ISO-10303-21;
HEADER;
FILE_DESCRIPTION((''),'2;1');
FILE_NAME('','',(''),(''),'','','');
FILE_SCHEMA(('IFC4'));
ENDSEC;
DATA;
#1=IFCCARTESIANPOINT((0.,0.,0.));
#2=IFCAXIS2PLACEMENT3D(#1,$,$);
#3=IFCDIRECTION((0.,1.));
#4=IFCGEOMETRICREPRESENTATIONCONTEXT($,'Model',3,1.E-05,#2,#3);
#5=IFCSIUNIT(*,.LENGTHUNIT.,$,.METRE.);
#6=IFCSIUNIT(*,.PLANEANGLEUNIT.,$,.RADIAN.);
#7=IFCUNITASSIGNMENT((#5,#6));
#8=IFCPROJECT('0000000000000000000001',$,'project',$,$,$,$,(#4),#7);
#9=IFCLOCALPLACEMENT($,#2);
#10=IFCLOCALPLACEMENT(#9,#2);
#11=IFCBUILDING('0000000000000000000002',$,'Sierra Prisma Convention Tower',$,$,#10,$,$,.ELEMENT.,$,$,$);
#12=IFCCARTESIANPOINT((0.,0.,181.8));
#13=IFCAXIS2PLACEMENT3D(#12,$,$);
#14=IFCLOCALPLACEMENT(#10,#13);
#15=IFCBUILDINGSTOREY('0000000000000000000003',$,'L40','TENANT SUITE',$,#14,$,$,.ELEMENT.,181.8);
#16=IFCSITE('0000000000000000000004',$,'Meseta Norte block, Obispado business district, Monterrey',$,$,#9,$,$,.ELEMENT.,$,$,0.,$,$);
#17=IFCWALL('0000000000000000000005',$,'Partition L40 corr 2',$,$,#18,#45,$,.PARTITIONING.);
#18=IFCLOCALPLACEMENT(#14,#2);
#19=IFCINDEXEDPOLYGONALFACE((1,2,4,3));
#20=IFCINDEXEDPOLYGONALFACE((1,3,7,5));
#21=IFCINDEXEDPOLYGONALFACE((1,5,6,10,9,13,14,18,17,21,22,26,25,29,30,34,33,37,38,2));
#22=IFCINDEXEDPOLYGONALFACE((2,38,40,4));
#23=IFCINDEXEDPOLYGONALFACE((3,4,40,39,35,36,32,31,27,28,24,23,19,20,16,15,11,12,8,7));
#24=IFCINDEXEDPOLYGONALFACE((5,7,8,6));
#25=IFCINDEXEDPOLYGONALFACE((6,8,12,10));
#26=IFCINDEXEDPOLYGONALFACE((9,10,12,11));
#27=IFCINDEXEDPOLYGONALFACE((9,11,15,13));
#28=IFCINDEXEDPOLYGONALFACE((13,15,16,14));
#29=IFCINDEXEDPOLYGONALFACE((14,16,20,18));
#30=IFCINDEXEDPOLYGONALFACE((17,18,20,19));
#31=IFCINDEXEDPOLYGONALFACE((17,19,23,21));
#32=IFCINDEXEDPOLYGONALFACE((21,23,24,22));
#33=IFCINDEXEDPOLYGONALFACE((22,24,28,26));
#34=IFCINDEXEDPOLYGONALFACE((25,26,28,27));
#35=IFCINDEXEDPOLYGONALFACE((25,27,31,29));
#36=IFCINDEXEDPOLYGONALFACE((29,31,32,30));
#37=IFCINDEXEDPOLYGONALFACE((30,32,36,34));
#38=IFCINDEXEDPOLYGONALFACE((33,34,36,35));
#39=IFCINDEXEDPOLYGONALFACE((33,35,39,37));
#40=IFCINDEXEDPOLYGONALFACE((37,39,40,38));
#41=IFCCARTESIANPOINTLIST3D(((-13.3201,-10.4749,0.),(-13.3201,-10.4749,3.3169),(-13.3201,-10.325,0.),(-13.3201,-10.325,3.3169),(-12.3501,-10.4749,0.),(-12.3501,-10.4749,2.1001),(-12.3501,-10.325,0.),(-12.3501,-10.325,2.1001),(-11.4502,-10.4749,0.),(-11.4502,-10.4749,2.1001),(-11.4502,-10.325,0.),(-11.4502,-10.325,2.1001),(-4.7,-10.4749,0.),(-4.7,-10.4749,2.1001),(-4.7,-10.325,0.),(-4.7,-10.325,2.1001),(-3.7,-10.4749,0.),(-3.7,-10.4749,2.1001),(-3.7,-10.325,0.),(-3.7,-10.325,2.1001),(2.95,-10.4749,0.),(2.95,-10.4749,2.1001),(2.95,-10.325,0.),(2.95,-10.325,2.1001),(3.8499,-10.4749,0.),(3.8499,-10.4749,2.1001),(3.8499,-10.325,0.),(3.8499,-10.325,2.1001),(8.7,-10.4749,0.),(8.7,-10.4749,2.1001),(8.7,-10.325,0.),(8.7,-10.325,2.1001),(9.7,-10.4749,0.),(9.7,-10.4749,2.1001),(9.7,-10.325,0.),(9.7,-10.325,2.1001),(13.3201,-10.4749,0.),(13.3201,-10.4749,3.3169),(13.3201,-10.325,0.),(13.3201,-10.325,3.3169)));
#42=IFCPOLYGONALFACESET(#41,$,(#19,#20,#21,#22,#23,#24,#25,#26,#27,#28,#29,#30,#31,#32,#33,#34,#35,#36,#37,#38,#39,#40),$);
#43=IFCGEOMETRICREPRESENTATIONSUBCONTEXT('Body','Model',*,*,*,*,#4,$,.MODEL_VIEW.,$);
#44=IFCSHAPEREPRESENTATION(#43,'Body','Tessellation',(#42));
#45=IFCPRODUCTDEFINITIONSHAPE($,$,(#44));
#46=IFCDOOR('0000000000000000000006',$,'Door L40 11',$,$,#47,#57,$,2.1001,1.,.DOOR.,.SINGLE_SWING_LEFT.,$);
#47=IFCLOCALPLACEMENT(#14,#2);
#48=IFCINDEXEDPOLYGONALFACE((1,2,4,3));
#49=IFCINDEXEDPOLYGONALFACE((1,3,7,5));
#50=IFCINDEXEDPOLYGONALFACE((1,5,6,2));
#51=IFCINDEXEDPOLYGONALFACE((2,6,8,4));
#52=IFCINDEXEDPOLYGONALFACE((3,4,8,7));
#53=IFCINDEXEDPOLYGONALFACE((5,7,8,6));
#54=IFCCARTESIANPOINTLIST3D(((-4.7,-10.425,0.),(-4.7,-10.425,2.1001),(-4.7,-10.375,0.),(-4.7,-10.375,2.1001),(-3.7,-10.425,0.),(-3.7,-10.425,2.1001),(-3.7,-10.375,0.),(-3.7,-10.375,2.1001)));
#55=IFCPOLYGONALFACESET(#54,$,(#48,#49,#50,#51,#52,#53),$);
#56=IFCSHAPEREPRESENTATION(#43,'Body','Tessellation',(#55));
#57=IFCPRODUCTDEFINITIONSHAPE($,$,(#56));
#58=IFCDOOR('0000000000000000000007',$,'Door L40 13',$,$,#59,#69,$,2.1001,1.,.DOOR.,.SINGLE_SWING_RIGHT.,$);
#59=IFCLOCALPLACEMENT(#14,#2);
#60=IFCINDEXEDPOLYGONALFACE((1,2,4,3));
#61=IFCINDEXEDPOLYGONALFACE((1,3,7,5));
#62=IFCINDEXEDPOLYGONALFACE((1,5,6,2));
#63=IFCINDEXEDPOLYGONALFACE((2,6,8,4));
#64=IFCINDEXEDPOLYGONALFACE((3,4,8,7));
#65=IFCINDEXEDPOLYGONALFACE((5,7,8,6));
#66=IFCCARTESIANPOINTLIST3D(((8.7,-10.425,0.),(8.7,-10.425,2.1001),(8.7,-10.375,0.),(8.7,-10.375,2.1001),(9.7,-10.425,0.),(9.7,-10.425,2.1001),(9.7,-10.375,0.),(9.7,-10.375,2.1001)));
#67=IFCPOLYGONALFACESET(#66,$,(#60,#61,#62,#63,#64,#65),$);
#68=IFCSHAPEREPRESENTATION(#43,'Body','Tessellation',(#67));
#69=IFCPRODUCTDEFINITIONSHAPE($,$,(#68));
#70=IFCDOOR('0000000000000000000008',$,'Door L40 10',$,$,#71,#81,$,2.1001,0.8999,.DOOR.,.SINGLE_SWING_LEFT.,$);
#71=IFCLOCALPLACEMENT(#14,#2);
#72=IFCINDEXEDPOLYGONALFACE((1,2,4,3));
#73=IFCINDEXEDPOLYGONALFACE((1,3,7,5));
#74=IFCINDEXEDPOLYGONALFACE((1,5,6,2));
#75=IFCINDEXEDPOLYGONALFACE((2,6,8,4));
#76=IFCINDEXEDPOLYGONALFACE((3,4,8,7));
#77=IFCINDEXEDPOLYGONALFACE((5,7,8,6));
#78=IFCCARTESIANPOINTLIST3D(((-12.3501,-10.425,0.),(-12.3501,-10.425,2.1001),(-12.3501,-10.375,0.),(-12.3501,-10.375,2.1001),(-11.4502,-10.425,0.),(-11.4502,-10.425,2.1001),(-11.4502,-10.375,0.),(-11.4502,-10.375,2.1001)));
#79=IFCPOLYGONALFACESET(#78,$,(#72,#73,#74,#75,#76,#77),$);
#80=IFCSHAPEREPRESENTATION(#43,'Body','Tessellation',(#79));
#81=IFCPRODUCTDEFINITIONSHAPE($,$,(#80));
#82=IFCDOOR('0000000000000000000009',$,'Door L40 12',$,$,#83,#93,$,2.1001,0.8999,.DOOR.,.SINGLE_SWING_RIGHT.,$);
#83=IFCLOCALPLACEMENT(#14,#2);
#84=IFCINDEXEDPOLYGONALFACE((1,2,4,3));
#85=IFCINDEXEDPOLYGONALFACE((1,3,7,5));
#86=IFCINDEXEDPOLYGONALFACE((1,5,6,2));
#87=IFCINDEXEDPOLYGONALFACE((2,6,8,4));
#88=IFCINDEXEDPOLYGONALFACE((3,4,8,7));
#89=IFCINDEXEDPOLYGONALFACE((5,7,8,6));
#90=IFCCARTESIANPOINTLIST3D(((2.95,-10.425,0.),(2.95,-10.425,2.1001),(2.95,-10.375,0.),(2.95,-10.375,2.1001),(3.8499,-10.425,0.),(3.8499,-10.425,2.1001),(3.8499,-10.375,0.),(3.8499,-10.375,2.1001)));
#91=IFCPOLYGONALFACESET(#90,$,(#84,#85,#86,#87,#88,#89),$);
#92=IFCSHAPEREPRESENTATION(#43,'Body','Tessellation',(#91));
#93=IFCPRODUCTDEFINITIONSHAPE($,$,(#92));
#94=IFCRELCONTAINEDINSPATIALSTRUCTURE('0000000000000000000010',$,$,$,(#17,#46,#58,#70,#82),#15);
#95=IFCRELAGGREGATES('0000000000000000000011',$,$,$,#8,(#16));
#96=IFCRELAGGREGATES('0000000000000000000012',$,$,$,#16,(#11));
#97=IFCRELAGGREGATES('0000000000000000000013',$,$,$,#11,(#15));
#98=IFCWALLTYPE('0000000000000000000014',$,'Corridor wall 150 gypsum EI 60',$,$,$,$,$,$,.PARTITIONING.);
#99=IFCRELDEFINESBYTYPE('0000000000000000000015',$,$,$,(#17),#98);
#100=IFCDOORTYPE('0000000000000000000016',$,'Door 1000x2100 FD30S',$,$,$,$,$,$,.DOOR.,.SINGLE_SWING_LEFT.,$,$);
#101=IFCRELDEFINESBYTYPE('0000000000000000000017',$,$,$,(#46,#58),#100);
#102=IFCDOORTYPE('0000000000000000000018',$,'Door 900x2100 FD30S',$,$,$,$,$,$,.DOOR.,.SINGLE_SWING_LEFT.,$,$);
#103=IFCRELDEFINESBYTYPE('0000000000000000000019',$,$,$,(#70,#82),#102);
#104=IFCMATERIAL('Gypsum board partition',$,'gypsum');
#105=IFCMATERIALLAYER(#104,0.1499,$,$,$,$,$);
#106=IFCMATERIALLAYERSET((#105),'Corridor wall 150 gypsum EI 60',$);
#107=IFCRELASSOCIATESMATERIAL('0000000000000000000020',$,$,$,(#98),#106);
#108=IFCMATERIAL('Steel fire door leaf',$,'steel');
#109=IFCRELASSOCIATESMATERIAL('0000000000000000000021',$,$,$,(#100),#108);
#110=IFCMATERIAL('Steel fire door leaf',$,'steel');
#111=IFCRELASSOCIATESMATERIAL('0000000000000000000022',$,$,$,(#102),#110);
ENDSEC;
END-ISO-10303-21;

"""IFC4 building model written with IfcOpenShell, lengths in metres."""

from ifc_helpers import new_model, si_unit, direction, frame, frame_2d, origin, place, context, subcontext, project, spatial, rectangle, extrude, material, layer, layer_set, type_object, element, fill, save


model = new_model("IFC4")

# Units and contexts
model_context = context("Model", 3, precision=1e-05, world=origin(), true_north=direction((0.0, 1.0)))
body_context = subcontext(model_context, "Body", "Model", "MODEL_VIEW")
ifc_project = project(units=[si_unit("LENGTHUNIT", "METRE"), si_unit("PLANEANGLEUNIT", "RADIAN")], contexts=[model_context])

# Site, building, storey
site_placement = place(None, origin())
site = spatial("IfcSite", under=ifc_project, at=site_placement, Name="Meseta Norte block, Obispado business district, Monterrey", CompositionType="ELEMENT", RefElevation=0.0)
building_placement = place(site_placement, origin())
building = spatial("IfcBuilding", under=site, at=building_placement, Name="Sierra Prisma Convention Tower", CompositionType="ELEMENT")
storey_placement = place(building_placement, frame((0.0, 0.0, 181.8)))
storey = spatial("IfcBuildingStorey", under=building, at=storey_placement, Name="L40", Description="TENANT SUITE", CompositionType="ELEMENT", Elevation=181.8)

# Wall, openings, doors
ifc_material_1 = material(Name="Gypsum board partition", Category="gypsum")
ifc_layer_1 = layer(ifc_material_1, 0.1499)
ifc_layer_set_1 = layer_set([ifc_layer_1], Name="Corridor wall 150 gypsum EI 60")
wall_type_1 = type_object("IfcWallType", Name="Corridor wall 150 gypsum EI 60", PredefinedType="PARTITIONING", material=ifc_layer_set_1)
wall_1_placement = place(storey_placement, frame((-13.3201, -10.3999, 0.0), z_axis=(0.0, 0.0, 1.0), x_axis=(1.0, 0.0, 0.0)))
wall_1 = element("IfcWall", 1, at=wall_1_placement, inside=storey, type_object=wall_type_1, Name="Partition L40 corr 2", PredefinedType="PARTITIONING", context=body_context, shape_type="SweptSolid", body=[
    extrude(rectangle(XDim=26.6401, YDim=0.1499, at=frame_2d((13.3201, 0.0))), origin(), (0.0, 0.0, 1.0), 3.3169),
])
opening_1_placement = place(wall_1_placement, frame((0.97, 0.0, 0.0)))
opening_1 = element("IfcOpeningElement", 2, at=opening_1_placement, cuts=wall_1, PredefinedType="OPENING", context=body_context, shape_type="SweptSolid", body=[
    extrude(rectangle(XDim=0.8999, YDim=2.1001, at=frame_2d((0.45, 1.05))), frame((0.0, 0.075, 0.0), z_axis=(0.0, -1.0, 0.0), x_axis=(1.0, 0.0, 0.0)), (0.0, 0.0, 1.0), 0.1499),
])
opening_2_placement = place(wall_1_placement, frame((8.6201, 0.0, 0.0)))
opening_2 = element("IfcOpeningElement", 3, at=opening_2_placement, cuts=wall_1, PredefinedType="OPENING", context=body_context, shape_type="SweptSolid", body=[
    extrude(rectangle(XDim=1.0, YDim=2.1001, at=frame_2d((0.5, 1.05))), frame((0.0, 0.075, 0.0), z_axis=(0.0, -1.0, 0.0), x_axis=(1.0, 0.0, 0.0)), (0.0, 0.0, 1.0), 0.1499),
])
opening_3_placement = place(wall_1_placement, frame((16.27, 0.0, 0.0)))
opening_3 = element("IfcOpeningElement", 4, at=opening_3_placement, cuts=wall_1, PredefinedType="OPENING", context=body_context, shape_type="SweptSolid", body=[
    extrude(rectangle(XDim=0.8999, YDim=2.1001, at=frame_2d((0.45, 1.05))), frame((0.0, 0.075, 0.0), z_axis=(0.0, -1.0, 0.0), x_axis=(1.0, 0.0, 0.0)), (0.0, 0.0, 1.0), 0.1499),
])
opening_4_placement = place(wall_1_placement, frame((22.02, 0.0, 0.0)))
opening_4 = element("IfcOpeningElement", 5, at=opening_4_placement, cuts=wall_1, PredefinedType="OPENING", context=body_context, shape_type="SweptSolid", body=[
    extrude(rectangle(XDim=1.0, YDim=2.1001, at=frame_2d((0.5, 1.05))), frame((0.0, 0.075, 0.0), z_axis=(0.0, -1.0, 0.0), x_axis=(1.0, 0.0, 0.0)), (0.0, 0.0, 1.0), 0.1499),
])
ifc_material_2 = material(Name="Steel fire door leaf", Category="steel")
door_type_1 = type_object("IfcDoorType", Name="Door 1000x2100 FD30S", OperationType="SINGLE_SWING_LEFT", PredefinedType="DOOR", material=ifc_material_2)
door_1_placement = place(opening_2_placement, origin())
door_1 = element("IfcDoor", 6, at=door_1_placement, inside=storey, type_object=door_type_1, Name="Door L40 11", OperationType="SINGLE_SWING_LEFT", OverallHeight=2.1001, OverallWidth=1.0, PredefinedType="DOOR", context=body_context, shape_type="SweptSolid", body=[
    extrude(rectangle(XDim=1.0, YDim=2.1001, at=frame_2d((0.5, 1.05))), frame((0.0, 0.0249, 0.0), z_axis=(0.0, -1.0, 0.0), x_axis=(1.0, 0.0, 0.0)), (0.0, 0.0, 1.0), 0.05),
])
fill(opening_2, door_1)
door_2_placement = place(opening_4_placement, origin())
door_2 = element("IfcDoor", 7, at=door_2_placement, inside=storey, type_object=door_type_1, Name="Door L40 13", OperationType="SINGLE_SWING_RIGHT", OverallHeight=2.1001, OverallWidth=1.0, PredefinedType="DOOR", context=body_context, shape_type="SweptSolid", body=[
    extrude(rectangle(XDim=1.0, YDim=2.1001, at=frame_2d((0.5, 1.05))), frame((0.0, 0.0249, 0.0), z_axis=(0.0, -1.0, 0.0), x_axis=(1.0, 0.0, 0.0)), (0.0, 0.0, 1.0), 0.05),
])
fill(opening_4, door_2)
ifc_material_3 = material(Name="Steel fire door leaf", Category="steel")
door_type_2 = type_object("IfcDoorType", Name="Door 900x2100 FD30S", OperationType="SINGLE_SWING_LEFT", PredefinedType="DOOR", material=ifc_material_3)
door_3_placement = place(opening_1_placement, origin())
door_3 = element("IfcDoor", 8, at=door_3_placement, inside=storey, type_object=door_type_2, Name="Door L40 10", OperationType="SINGLE_SWING_LEFT", OverallHeight=2.1001, OverallWidth=0.8999, PredefinedType="DOOR", context=body_context, shape_type="SweptSolid", body=[
    extrude(rectangle(XDim=0.8999, YDim=2.1001, at=frame_2d((0.45, 1.05))), frame((0.0, 0.0249, 0.0), z_axis=(0.0, -1.0, 0.0), x_axis=(1.0, 0.0, 0.0)), (0.0, 0.0, 1.0), 0.05),
])
fill(opening_1, door_3)
door_4_placement = place(opening_3_placement, origin())
door_4 = element("IfcDoor", 9, at=door_4_placement, inside=storey, type_object=door_type_2, Name="Door L40 12", OperationType="SINGLE_SWING_RIGHT", OverallHeight=2.1001, OverallWidth=0.8999, PredefinedType="DOOR", context=body_context, shape_type="SweptSolid", body=[
    extrude(rectangle(XDim=0.8999, YDim=2.1001, at=frame_2d((0.45, 1.05))), frame((0.0, 0.0249, 0.0), z_axis=(0.0, -1.0, 0.0), x_axis=(1.0, 0.0, 0.0)), (0.0, 0.0, 1.0), 0.05),
])
fill(opening_3, door_4)

save(model, "model.ifc")
